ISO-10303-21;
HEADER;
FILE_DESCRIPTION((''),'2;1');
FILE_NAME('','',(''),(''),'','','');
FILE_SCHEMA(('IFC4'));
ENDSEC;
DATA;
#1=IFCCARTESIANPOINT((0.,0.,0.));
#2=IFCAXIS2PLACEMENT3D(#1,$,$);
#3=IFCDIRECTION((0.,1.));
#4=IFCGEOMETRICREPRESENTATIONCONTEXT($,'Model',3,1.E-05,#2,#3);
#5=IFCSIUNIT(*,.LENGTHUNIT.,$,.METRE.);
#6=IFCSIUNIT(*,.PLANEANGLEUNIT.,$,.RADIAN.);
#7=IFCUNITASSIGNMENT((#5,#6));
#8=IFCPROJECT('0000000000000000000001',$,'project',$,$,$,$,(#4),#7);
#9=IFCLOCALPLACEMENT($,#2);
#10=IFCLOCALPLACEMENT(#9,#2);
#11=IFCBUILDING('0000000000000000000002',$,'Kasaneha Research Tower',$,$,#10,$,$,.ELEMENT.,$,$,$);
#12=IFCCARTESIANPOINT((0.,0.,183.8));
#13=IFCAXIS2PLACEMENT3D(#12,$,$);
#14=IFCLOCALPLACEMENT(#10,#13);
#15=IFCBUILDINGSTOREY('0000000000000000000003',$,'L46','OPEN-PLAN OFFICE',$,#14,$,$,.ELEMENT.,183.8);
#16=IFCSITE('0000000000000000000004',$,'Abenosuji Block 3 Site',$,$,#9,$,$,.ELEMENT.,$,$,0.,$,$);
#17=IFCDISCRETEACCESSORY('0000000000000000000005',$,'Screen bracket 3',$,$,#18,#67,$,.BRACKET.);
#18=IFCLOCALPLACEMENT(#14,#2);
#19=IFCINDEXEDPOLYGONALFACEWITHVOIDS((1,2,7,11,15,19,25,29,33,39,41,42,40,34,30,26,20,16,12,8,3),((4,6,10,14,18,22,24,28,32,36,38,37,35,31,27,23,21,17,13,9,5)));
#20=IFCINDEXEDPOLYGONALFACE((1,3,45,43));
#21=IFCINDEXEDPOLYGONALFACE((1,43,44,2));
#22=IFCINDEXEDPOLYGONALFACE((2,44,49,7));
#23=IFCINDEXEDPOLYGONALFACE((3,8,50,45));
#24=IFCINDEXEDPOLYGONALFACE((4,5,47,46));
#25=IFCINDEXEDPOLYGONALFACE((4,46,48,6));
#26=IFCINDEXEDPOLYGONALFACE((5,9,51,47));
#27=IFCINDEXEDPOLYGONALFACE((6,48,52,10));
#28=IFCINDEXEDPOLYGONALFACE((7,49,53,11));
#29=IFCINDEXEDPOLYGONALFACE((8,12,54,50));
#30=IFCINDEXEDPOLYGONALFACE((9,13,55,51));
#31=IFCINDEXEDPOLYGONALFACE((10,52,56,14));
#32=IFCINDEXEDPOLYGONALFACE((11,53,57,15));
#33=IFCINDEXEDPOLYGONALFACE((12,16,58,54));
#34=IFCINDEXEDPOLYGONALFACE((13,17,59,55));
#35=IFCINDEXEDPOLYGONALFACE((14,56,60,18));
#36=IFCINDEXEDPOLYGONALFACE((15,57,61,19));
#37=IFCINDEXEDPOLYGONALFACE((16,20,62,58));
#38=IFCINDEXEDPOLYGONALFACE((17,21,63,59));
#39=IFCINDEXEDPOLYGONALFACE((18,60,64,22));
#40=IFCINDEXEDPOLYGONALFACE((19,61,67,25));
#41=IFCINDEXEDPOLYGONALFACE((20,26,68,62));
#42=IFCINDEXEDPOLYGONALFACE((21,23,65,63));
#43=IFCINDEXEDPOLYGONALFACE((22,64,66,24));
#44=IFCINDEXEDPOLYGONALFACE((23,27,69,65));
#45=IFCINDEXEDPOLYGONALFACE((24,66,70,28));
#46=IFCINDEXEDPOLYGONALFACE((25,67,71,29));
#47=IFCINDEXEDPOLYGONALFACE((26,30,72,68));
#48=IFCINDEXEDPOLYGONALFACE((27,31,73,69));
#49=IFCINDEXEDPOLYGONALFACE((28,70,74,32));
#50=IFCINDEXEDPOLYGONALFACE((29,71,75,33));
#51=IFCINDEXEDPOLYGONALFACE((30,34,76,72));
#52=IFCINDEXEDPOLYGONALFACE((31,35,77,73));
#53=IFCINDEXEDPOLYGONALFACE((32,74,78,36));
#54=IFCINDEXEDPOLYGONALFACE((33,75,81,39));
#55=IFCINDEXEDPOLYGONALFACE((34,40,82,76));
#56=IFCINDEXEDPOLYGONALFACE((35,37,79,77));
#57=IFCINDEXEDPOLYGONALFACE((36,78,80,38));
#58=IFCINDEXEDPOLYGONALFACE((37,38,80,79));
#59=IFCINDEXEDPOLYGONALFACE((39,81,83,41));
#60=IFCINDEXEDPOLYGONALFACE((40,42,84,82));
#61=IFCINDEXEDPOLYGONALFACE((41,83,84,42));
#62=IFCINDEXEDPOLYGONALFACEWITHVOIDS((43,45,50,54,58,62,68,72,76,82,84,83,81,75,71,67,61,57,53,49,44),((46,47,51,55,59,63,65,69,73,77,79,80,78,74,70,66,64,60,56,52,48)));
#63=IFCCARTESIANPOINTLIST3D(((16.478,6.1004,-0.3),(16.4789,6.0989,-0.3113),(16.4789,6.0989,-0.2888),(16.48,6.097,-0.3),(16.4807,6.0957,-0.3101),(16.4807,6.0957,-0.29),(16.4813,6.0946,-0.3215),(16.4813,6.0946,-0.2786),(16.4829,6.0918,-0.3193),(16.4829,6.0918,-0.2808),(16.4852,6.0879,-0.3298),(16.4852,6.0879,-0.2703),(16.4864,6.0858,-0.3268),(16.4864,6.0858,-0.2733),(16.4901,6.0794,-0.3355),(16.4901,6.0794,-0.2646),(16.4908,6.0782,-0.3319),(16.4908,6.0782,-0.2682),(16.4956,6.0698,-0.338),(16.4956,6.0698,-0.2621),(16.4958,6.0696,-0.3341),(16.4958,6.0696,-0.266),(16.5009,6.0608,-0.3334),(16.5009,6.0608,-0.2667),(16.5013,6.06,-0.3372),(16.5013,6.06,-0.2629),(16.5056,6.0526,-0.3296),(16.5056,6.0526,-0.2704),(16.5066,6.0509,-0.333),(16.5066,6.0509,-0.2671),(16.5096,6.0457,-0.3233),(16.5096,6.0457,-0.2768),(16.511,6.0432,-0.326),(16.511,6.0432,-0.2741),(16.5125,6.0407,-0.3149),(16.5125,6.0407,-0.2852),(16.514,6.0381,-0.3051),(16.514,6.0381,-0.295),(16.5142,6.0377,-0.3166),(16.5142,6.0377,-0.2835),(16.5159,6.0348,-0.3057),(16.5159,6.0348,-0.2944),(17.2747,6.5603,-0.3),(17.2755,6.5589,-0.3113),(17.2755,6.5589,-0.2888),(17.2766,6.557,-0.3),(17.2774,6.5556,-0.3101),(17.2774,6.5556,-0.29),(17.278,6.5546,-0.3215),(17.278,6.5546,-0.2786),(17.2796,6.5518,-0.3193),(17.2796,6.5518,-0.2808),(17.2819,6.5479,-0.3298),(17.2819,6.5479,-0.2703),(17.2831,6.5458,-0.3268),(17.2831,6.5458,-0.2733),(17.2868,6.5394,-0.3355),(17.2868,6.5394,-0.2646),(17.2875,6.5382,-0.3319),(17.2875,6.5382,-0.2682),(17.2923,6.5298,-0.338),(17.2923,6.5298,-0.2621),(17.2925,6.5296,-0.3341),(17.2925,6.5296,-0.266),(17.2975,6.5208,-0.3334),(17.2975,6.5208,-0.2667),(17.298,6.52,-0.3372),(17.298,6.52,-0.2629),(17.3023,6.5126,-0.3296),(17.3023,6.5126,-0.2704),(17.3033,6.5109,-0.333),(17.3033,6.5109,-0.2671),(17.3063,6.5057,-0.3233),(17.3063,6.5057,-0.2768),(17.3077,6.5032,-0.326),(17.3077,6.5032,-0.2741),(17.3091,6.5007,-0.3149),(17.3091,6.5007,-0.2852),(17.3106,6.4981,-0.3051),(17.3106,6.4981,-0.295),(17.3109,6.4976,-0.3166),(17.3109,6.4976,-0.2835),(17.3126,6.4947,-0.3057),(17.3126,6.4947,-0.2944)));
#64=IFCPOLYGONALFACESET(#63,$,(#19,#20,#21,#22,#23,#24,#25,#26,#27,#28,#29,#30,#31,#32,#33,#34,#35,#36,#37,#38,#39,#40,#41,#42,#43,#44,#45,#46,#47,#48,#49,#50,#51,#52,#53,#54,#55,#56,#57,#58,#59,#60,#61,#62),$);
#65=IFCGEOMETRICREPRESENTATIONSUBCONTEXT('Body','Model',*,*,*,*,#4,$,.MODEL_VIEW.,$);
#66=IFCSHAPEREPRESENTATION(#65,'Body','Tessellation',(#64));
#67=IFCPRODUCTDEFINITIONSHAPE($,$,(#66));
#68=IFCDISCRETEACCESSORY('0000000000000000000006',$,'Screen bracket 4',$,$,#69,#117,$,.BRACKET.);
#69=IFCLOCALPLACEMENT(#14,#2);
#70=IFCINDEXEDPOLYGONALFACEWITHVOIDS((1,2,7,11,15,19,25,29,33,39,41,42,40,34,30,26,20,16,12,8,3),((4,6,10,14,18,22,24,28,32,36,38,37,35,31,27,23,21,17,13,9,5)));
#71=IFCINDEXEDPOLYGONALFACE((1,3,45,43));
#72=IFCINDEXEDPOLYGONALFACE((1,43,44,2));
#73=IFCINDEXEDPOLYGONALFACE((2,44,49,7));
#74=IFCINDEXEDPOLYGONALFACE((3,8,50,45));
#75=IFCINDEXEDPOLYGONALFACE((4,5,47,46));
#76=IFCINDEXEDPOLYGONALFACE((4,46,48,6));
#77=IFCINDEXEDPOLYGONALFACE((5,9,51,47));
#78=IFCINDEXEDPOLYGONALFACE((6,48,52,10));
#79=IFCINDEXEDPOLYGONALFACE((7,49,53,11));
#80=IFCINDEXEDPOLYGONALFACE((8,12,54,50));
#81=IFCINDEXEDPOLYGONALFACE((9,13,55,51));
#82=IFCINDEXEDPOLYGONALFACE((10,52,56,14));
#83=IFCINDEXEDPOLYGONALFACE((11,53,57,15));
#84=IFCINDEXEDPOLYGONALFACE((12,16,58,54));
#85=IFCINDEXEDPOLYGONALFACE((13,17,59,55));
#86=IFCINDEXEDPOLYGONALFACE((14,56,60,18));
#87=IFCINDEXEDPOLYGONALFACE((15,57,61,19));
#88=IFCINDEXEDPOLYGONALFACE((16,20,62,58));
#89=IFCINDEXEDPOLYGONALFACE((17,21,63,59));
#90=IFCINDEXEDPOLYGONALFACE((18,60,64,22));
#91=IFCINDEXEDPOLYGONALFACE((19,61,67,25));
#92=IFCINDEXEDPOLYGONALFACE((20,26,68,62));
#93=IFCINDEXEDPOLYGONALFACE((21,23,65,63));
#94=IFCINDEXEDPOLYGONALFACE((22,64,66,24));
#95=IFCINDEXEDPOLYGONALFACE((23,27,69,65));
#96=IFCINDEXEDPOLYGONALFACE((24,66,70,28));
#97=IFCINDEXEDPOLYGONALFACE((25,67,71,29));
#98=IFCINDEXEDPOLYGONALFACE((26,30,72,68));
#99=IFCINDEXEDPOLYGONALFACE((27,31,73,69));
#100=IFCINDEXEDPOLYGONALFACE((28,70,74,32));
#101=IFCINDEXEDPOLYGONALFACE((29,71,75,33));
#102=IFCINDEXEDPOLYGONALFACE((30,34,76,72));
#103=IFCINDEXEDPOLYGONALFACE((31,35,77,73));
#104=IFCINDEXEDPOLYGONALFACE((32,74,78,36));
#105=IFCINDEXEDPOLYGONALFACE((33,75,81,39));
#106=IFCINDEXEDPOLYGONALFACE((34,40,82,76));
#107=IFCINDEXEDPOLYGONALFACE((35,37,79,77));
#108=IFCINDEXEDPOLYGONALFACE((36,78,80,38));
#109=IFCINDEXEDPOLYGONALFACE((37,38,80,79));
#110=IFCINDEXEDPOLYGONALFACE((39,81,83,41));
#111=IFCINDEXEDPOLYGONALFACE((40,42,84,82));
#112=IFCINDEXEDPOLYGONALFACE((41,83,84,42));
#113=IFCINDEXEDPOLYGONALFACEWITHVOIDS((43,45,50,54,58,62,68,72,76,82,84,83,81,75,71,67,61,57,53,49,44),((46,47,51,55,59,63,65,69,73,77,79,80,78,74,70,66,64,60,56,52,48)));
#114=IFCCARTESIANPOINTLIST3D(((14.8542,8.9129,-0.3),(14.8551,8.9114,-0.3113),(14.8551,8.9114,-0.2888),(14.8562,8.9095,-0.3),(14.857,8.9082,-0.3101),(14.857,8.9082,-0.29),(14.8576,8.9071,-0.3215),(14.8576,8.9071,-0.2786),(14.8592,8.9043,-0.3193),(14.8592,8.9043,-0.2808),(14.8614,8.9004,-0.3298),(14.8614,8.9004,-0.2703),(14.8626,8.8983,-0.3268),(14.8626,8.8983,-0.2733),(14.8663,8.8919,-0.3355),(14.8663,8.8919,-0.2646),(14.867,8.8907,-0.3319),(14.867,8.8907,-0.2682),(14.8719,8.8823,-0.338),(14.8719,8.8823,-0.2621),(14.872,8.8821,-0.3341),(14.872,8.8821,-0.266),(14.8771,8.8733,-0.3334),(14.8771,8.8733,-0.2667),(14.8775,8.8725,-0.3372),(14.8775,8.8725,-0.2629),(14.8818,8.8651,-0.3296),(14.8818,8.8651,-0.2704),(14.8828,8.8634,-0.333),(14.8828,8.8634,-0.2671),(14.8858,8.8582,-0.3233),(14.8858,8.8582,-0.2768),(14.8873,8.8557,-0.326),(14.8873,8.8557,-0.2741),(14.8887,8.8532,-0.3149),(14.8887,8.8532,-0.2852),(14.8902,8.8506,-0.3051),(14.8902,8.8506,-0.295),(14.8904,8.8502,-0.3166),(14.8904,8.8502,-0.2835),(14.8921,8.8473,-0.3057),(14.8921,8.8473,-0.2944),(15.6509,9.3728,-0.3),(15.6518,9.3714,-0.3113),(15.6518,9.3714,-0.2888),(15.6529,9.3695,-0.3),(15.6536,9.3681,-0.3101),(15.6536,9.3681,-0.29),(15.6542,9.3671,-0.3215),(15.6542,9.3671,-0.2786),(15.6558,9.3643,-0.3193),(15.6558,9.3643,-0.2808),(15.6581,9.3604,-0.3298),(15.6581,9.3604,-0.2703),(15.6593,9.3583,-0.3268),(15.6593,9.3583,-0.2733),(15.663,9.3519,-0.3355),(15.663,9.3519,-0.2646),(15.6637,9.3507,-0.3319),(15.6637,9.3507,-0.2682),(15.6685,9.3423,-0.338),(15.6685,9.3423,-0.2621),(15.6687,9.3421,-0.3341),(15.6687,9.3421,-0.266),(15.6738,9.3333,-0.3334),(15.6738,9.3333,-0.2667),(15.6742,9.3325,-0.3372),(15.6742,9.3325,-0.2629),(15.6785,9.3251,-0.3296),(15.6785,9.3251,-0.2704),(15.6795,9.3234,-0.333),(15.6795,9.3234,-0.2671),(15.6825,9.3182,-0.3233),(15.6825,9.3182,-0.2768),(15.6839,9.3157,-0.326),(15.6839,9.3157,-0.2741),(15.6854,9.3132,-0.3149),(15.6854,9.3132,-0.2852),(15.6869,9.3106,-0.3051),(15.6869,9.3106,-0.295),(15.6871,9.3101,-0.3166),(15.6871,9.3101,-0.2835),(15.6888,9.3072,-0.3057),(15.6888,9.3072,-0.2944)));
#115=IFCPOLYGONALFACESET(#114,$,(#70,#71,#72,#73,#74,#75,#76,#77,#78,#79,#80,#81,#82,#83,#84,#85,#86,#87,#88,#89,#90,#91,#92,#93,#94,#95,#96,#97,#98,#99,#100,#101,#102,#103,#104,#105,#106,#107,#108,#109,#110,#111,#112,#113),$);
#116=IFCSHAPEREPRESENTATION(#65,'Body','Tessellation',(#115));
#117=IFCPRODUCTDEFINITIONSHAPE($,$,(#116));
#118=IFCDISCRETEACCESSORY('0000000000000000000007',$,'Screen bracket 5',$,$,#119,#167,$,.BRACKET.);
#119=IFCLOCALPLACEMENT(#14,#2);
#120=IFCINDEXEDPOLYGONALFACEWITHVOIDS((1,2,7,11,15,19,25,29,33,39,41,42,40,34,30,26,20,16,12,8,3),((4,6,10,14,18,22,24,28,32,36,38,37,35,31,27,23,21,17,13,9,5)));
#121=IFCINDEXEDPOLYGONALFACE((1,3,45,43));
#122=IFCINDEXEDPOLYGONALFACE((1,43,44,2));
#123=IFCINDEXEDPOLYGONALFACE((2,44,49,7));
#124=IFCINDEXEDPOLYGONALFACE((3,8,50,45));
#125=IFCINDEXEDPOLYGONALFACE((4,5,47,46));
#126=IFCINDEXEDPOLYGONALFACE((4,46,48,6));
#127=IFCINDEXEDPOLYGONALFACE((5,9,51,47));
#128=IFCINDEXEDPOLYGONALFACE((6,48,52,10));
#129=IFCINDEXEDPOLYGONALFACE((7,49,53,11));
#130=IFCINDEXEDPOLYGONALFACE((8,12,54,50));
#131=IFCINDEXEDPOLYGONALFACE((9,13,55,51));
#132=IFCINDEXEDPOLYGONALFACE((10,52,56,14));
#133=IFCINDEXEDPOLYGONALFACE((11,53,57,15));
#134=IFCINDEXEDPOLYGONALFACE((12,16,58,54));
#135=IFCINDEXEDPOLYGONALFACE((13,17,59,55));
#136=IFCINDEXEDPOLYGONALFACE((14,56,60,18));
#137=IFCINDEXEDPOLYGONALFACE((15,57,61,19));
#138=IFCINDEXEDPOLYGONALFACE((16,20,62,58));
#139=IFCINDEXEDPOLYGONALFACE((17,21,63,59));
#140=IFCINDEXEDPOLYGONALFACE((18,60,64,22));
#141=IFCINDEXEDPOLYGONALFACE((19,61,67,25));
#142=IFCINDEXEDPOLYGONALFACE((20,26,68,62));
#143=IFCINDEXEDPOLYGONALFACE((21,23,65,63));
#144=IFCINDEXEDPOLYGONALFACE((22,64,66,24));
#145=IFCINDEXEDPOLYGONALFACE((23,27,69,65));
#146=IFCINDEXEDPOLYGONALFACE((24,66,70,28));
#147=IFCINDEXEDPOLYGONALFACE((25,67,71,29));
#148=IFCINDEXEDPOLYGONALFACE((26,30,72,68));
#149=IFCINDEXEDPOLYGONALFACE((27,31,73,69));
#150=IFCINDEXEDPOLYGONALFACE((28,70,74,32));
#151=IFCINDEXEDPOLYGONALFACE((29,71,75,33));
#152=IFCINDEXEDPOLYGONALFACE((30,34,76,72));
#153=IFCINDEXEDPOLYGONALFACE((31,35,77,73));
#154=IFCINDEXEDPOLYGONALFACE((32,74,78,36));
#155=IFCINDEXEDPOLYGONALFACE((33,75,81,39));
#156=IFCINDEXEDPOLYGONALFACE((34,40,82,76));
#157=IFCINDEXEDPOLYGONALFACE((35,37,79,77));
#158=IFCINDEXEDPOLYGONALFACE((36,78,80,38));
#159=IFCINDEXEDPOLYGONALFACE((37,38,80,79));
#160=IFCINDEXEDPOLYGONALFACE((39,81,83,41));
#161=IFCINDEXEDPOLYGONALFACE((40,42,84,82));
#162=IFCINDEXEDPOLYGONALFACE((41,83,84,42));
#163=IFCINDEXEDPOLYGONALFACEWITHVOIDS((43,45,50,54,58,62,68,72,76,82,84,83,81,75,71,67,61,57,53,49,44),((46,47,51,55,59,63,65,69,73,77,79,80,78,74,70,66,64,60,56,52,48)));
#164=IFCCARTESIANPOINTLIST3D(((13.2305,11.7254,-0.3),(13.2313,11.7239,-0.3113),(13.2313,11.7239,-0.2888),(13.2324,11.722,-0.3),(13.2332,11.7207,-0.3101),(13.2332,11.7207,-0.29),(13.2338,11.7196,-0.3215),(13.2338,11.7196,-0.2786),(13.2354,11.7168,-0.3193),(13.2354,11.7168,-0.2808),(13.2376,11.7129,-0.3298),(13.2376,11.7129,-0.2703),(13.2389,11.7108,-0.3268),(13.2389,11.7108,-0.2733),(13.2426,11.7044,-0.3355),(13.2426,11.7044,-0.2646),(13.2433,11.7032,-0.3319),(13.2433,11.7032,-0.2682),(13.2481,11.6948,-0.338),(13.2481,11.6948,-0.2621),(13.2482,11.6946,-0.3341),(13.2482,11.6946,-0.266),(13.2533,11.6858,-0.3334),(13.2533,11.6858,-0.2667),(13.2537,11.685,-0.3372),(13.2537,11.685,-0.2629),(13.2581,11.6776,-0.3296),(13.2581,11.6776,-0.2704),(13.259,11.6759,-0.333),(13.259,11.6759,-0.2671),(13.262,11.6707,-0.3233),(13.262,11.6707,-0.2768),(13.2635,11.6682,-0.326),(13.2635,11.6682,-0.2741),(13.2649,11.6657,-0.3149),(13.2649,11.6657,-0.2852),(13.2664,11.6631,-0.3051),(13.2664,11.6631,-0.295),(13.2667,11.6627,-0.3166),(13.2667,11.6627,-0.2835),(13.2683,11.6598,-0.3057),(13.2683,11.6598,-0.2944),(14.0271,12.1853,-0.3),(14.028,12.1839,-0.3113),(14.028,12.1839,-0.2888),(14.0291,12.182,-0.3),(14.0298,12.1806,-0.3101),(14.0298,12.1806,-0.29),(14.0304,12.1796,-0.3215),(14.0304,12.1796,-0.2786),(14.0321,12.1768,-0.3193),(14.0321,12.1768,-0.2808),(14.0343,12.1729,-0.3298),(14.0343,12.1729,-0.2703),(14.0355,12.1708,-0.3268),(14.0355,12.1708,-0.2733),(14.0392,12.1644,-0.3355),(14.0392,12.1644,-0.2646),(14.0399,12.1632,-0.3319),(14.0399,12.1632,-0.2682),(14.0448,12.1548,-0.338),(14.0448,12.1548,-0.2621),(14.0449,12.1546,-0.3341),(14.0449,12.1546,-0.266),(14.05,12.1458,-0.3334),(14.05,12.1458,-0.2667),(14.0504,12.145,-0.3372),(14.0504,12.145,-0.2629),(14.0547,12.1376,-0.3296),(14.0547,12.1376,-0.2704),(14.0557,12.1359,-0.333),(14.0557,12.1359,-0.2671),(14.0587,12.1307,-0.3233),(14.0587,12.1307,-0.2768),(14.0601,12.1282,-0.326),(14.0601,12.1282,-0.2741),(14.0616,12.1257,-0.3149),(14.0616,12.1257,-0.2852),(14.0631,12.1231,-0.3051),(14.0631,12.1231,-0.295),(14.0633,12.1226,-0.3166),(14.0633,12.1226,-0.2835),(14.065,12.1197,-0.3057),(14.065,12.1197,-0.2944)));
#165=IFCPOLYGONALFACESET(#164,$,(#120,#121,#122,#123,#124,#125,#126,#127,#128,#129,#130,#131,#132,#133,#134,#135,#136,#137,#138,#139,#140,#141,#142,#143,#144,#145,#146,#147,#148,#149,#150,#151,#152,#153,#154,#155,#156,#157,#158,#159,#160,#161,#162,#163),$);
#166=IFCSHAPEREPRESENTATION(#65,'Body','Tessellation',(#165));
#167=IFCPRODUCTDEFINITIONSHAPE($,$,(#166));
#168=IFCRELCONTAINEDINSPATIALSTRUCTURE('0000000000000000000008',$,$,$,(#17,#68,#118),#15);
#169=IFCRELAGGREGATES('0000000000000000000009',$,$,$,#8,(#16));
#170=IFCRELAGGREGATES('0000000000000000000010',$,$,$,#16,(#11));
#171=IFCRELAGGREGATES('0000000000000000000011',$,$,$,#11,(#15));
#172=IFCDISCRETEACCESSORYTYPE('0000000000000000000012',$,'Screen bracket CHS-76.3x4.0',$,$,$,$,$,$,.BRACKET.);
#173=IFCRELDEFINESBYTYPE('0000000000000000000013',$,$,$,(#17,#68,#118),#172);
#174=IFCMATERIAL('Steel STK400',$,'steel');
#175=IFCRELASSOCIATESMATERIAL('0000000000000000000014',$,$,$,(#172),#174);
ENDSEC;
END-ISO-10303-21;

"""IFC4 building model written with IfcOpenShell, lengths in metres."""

from ifc_helpers import new_model, si_unit, direction, frame, origin, origin_2d, place, context, subcontext, project, spatial, hollow_circle, extrude, material, material_profile, profile_set, type_object, element, save


model = new_model("IFC4")

# Units and contexts
model_context = context("Model", 3, precision=1e-05, world=origin(), true_north=direction((0.0, 1.0)))
body_context = subcontext(model_context, "Body", "Model", "MODEL_VIEW")
ifc_project = project(units=[si_unit("LENGTHUNIT", "METRE"), si_unit("PLANEANGLEUNIT", "RADIAN")], contexts=[model_context])

# Site, building, storey
site_placement = place(None, origin())
site = spatial("IfcSite", under=ifc_project, at=site_placement, Name="Abenosuji Block 3 Site", CompositionType="ELEMENT", RefElevation=0.0)
building_placement = place(site_placement, origin())
building = spatial("IfcBuilding", under=site, at=building_placement, Name="Kasaneha Research Tower", CompositionType="ELEMENT")
storey_placement = place(building_placement, frame((0.0, 0.0, 183.8)))
storey = spatial("IfcBuildingStorey", under=building, at=storey_placement, Name="L46", Description="OPEN-PLAN OFFICE", CompositionType="ELEMENT", Elevation=183.8)

# Discrete accessories
ifc_material_1 = material(Name="Steel STK400", Category="steel")
ifc_material_profile_1 = material_profile(ifc_material_1, hollow_circle(Radius=0.0381, WallThickness=0.0039, at=origin_2d()), Name="CHS-76.3x4.0")
ifc_profile_set_1 = profile_set([ifc_material_profile_1], Name="Steel STK400")
discrete_accessory_type = type_object("IfcDiscreteAccessoryType", Name="Screen bracket CHS-76.3x4.0", PredefinedType="BRACKET", material=ifc_profile_set_1)
for number, where, z_axis, x_axis, name in (
    (1, (16.4971, 6.0674, -0.3), (0.866013, 0.500021, 0.0), (-0.500021, 0.866013, 0.0), "Screen bracket 3"),
    (2, (14.8733, 8.8799, -0.3), (0.866013, 0.500021, 0.0), (-0.500021, 0.866013, 0.0), "Screen bracket 4"),
    (3, (13.2495, 11.6924, -0.3), (0.866013, 0.500021, 0.0), (-0.500021, 0.866013, 0.0), "Screen bracket 5"),
):
    element("IfcDiscreteAccessory", number, at=place(storey_placement, frame(where, z_axis=z_axis, x_axis=x_axis)), inside=storey, type_object=discrete_accessory_type, Name=name, PredefinedType="BRACKET", context=body_context, shape_type="SweptSolid", body=[
        extrude(hollow_circle(Radius=0.0381, WallThickness=0.0039, at=origin_2d()), origin(), (0.0, 0.0, 1.0), 0.9199),
    ])

save(model, "model.ifc")
